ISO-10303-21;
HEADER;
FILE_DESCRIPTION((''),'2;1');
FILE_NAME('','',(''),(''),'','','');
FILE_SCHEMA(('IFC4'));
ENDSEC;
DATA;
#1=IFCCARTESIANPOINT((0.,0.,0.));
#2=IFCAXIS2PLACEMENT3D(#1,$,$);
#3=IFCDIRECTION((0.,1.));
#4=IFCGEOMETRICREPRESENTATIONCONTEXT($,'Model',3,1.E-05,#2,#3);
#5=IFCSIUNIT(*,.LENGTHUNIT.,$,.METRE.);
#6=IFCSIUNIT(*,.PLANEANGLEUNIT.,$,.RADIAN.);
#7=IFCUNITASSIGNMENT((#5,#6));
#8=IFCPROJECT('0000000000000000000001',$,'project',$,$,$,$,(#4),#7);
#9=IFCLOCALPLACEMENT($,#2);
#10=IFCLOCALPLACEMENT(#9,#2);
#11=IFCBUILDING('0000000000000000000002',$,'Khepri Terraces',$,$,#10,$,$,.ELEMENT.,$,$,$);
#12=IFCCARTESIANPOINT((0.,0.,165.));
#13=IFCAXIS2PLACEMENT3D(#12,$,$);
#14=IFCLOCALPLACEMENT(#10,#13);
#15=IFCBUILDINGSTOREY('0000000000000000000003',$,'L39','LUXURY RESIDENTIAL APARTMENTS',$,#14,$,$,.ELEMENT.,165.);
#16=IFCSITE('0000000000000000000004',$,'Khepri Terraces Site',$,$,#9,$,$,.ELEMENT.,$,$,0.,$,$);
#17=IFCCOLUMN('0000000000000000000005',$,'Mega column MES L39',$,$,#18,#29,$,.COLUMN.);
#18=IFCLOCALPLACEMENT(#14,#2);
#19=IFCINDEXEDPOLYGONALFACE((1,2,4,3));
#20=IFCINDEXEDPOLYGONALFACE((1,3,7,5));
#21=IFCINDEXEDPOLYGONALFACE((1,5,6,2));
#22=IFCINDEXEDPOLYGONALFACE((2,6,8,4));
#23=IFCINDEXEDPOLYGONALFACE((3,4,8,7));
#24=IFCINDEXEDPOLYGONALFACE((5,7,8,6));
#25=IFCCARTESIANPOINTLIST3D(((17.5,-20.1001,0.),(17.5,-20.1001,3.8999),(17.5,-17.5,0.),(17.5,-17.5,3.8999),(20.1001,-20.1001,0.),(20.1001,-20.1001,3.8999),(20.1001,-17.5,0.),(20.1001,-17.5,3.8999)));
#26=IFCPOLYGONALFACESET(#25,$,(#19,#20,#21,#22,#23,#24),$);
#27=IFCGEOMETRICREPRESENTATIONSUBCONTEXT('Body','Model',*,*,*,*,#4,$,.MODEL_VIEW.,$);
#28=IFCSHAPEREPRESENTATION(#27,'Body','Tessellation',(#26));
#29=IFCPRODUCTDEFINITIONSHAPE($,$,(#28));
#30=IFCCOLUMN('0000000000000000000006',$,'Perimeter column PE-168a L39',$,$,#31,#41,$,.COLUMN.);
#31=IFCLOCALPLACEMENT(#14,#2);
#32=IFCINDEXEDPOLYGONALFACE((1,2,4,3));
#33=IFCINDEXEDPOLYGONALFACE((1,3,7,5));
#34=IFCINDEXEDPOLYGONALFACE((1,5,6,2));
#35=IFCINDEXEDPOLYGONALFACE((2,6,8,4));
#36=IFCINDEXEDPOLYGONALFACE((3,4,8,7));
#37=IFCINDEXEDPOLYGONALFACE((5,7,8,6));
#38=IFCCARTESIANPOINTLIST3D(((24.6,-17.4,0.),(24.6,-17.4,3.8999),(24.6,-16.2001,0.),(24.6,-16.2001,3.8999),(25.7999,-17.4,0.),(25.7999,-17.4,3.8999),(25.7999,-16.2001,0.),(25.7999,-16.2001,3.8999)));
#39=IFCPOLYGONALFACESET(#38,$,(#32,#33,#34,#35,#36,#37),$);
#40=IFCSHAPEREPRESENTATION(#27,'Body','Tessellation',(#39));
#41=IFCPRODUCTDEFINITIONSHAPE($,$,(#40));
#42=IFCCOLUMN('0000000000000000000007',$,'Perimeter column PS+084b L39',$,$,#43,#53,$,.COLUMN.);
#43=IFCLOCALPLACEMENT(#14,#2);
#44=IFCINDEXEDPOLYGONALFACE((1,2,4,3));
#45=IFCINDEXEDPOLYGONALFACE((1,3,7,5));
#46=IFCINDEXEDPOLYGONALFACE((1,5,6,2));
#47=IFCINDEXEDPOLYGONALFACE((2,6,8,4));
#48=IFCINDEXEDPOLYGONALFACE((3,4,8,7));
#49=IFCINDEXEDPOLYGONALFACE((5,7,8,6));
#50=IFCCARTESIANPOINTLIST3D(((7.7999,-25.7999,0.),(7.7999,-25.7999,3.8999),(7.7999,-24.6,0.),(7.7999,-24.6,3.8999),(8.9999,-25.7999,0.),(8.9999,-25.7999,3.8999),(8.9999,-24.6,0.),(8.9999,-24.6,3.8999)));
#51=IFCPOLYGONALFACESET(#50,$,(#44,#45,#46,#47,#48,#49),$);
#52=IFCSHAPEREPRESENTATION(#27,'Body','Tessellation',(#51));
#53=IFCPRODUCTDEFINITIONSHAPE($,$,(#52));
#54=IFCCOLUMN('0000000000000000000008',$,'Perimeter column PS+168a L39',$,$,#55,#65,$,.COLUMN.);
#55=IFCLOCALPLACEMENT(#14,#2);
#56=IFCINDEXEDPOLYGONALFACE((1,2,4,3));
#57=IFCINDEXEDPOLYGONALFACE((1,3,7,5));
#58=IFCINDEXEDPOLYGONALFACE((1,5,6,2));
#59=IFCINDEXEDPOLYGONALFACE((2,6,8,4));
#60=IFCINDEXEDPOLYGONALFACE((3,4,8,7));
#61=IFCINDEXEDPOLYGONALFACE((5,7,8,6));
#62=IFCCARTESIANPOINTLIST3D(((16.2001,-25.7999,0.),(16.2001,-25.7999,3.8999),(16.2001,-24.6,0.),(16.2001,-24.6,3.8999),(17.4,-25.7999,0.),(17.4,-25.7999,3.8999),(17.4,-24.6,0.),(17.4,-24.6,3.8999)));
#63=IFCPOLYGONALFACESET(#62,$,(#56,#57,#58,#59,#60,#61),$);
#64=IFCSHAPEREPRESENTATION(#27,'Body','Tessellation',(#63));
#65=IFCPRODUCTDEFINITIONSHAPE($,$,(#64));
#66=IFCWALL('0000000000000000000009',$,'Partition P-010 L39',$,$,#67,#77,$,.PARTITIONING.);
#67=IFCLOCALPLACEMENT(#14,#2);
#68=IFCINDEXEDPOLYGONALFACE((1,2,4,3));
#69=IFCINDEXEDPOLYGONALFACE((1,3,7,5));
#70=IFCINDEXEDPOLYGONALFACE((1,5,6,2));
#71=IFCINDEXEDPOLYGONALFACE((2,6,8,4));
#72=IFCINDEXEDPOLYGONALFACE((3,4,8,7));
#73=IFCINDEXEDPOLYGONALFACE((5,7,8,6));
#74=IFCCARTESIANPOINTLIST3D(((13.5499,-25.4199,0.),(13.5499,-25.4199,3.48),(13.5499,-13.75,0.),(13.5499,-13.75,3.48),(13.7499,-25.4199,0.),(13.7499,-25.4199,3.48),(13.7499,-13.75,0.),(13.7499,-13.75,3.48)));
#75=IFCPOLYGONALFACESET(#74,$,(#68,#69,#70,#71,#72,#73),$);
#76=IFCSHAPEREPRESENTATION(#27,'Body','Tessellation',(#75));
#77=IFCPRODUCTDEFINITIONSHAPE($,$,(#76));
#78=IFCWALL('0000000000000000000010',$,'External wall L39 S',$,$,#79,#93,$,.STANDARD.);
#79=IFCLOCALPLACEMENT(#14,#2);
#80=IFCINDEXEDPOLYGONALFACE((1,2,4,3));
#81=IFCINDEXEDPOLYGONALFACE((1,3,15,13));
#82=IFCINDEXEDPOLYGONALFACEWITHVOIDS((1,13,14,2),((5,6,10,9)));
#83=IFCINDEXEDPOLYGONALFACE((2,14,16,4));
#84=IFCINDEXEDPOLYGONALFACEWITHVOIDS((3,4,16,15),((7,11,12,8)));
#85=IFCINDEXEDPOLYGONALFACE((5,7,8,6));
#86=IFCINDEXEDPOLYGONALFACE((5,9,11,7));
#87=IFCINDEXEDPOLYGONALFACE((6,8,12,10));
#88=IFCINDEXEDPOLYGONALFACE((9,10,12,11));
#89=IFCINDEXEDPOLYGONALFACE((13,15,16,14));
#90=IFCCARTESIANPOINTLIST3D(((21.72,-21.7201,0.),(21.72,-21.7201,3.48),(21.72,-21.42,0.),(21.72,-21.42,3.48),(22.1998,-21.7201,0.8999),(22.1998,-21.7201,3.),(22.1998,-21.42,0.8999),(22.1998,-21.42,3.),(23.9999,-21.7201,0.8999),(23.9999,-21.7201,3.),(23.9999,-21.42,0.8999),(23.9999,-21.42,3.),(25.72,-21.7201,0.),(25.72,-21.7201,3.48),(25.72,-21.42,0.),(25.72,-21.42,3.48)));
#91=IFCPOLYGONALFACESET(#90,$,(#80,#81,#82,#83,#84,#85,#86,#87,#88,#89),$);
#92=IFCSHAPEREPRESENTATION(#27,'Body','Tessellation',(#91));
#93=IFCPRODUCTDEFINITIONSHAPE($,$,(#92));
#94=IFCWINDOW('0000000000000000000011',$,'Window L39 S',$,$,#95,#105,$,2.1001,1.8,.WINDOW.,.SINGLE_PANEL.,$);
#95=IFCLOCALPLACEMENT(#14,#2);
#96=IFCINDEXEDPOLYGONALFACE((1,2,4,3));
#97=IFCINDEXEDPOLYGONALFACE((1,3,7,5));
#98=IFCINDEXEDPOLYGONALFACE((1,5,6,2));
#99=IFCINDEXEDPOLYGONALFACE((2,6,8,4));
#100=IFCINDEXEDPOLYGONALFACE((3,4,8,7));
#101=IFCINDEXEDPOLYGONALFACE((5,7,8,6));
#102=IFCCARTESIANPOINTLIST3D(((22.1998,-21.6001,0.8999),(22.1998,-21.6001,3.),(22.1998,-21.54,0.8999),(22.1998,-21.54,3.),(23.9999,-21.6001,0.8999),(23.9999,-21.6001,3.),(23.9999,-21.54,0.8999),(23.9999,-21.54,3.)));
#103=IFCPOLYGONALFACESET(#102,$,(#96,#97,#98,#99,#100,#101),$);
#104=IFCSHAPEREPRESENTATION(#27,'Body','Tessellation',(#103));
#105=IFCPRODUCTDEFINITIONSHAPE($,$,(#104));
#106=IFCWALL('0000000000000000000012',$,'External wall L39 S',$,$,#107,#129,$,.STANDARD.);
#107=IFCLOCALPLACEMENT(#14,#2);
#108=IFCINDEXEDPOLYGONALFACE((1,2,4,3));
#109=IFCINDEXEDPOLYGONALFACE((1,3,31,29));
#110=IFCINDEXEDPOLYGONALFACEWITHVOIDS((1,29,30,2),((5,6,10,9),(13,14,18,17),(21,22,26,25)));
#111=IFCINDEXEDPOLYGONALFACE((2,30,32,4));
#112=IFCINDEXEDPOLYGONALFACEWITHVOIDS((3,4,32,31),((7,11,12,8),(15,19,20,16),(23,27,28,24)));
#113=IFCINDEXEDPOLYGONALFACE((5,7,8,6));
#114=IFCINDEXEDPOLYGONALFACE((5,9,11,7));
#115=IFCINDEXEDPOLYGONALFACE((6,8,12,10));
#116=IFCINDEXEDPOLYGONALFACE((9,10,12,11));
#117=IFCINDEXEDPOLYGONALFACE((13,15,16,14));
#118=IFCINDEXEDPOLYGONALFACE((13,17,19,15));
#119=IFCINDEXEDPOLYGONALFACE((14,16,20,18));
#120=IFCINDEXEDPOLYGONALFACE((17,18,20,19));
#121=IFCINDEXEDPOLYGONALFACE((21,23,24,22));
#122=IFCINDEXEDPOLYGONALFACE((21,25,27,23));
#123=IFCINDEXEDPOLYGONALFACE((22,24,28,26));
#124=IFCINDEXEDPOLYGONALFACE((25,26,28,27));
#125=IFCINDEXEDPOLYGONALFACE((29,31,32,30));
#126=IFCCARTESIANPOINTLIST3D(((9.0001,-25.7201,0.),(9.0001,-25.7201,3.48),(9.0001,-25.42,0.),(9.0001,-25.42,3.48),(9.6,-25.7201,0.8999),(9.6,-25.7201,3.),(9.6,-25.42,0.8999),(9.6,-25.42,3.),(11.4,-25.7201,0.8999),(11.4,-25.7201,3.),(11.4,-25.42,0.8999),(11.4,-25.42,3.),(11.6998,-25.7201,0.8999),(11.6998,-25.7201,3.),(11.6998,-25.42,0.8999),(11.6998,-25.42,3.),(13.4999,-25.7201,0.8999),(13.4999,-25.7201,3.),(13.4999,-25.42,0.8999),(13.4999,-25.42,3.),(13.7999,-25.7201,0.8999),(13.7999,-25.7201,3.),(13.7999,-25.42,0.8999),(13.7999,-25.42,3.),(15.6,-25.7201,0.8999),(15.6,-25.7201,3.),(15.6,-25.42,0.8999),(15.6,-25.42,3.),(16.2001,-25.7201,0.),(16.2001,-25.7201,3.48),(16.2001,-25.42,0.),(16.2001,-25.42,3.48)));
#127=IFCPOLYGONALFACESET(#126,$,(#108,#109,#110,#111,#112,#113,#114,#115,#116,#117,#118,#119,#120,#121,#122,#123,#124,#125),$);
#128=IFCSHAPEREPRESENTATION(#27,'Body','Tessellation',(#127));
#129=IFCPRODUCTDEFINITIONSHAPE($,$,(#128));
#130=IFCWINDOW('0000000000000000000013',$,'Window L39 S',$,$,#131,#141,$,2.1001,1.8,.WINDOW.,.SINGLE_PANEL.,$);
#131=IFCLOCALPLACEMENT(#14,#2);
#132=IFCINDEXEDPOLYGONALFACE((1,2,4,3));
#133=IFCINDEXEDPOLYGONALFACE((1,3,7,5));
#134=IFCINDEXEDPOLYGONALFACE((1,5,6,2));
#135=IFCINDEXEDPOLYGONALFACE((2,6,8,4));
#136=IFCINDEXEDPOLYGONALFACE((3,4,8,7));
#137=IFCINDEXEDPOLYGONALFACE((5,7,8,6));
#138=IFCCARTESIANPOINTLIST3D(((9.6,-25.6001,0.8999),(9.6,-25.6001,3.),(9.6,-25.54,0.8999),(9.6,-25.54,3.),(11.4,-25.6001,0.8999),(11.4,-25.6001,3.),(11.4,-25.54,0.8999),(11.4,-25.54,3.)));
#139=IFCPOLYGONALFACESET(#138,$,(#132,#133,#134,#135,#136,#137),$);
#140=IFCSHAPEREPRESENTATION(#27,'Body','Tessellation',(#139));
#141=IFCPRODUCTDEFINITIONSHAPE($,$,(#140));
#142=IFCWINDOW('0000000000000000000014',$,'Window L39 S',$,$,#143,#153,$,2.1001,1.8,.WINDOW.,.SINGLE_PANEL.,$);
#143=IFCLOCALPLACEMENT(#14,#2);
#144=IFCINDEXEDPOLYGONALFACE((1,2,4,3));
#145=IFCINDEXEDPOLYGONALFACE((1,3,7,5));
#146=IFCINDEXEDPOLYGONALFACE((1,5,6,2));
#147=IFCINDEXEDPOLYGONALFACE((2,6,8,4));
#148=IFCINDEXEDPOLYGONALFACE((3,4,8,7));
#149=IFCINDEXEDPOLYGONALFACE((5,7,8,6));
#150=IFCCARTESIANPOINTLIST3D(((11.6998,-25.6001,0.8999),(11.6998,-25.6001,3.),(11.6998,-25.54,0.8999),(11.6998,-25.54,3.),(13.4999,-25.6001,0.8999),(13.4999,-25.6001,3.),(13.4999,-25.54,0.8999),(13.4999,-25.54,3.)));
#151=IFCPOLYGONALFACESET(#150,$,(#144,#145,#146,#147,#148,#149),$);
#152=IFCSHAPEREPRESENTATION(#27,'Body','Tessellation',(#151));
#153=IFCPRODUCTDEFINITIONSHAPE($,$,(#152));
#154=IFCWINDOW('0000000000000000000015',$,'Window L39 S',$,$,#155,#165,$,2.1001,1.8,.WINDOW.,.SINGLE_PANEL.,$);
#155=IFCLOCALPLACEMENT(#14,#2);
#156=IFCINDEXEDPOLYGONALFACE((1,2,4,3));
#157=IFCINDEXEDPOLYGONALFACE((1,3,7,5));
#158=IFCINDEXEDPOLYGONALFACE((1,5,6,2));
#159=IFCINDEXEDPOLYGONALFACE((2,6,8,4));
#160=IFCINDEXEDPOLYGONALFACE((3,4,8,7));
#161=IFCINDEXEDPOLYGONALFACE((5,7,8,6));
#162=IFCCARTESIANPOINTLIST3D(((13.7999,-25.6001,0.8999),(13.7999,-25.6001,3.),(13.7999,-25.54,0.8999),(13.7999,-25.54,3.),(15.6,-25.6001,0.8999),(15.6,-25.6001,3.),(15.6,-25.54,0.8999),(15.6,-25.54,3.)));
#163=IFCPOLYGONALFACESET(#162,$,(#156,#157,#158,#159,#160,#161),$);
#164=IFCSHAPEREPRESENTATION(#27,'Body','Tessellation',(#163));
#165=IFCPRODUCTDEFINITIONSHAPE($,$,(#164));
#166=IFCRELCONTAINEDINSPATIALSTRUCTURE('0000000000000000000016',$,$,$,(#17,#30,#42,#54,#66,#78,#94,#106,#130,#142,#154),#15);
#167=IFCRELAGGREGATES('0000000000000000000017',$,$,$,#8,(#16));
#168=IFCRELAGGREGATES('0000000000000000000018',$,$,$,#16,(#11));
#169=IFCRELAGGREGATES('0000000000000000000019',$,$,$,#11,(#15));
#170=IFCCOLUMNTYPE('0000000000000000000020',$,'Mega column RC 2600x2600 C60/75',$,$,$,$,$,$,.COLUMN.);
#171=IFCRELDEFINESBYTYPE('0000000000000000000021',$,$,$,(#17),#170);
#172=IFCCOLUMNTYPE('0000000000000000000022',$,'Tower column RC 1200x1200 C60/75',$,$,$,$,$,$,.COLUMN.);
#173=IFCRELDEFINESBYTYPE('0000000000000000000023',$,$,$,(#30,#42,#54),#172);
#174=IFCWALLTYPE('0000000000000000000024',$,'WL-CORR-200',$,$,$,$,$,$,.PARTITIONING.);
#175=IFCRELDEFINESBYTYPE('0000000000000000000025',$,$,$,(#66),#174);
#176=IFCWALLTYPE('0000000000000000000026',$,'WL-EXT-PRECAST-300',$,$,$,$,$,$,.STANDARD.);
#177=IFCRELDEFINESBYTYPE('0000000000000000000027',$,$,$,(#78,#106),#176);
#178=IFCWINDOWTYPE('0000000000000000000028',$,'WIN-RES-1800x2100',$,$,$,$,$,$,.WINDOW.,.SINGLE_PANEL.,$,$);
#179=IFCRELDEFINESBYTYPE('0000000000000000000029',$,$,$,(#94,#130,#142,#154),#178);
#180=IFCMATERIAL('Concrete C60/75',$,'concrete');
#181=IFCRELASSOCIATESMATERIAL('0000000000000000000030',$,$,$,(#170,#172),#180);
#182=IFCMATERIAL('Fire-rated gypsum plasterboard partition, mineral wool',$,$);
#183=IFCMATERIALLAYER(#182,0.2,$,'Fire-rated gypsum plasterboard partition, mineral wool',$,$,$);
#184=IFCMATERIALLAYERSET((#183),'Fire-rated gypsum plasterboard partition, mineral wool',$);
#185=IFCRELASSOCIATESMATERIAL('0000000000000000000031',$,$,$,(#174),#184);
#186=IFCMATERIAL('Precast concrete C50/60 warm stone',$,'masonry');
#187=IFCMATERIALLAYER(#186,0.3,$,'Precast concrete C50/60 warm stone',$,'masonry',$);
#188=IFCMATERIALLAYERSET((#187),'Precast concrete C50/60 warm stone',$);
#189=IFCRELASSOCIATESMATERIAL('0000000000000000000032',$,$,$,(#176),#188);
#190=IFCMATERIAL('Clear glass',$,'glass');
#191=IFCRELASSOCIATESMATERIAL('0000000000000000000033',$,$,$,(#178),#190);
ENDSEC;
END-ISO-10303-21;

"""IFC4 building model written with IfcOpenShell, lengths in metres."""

from ifc_helpers import new_model, si_unit, direction, frame, frame_2d, origin, origin_2d, place, context, subcontext, project, spatial, rectangle, extrude, material, layer, layer_set, material_profile, profile_set, type_object, element, fill, save


model = new_model("IFC4")

# Units and contexts
model_context = context("Model", 3, precision=1e-05, world=origin(), true_north=direction((0.0, 1.0)))
body_context = subcontext(model_context, "Body", "Model", "MODEL_VIEW")
ifc_project = project(units=[si_unit("LENGTHUNIT", "METRE"), si_unit("PLANEANGLEUNIT", "RADIAN")], contexts=[model_context])

# Site, building, storey
site_placement = place(None, origin())
site = spatial("IfcSite", under=ifc_project, at=site_placement, Name="Khepri Terraces Site", CompositionType="ELEMENT", RefElevation=0.0)
building_placement = place(site_placement, origin())
building = spatial("IfcBuilding", under=site, at=building_placement, Name="Khepri Terraces", CompositionType="ELEMENT")
storey_placement = place(building_placement, frame((0.0, 0.0, 165.0)))
storey = spatial("IfcBuildingStorey", under=building, at=storey_placement, Name="L39", Description="LUXURY RESIDENTIAL APARTMENTS", CompositionType="ELEMENT", Elevation=165.0)

# Columns
ifc_material_1 = material(Name="Concrete C60/75", Category="concrete")
ifc_material_profile_1 = material_profile(ifc_material_1, rectangle(XDim=2.6001, YDim=2.6001, at=origin_2d()), Name="Concrete C60/75", Category="concrete")
ifc_profile_set_1 = profile_set([ifc_material_profile_1], Name="Concrete C60/75")
column_type_1 = type_object("IfcColumnType", Name="Mega column RC 2600x2600 C60/75", PredefinedType="COLUMN", material=ifc_profile_set_1)
column_placement = place(storey_placement, frame((18.8, -18.8, 0.0), z_axis=(0.0, 0.0, 1.0), x_axis=(1.0, 0.0, 0.0)))
element("IfcColumn", 1, at=column_placement, inside=storey, type_object=column_type_1, Name="Mega column MES L39", PredefinedType="COLUMN", context=body_context, shape_type="SweptSolid", body=[
    extrude(rectangle(XDim=2.6001, YDim=2.6001, at=origin_2d()), origin(), (0.0, 0.0, 1.0), 3.8999),
])
ifc_material_profile_2 = material_profile(ifc_material_1, rectangle(XDim=1.2, YDim=1.2, at=origin_2d()), Name="Concrete C60/75", Category="concrete")
ifc_profile_set_2 = profile_set([ifc_material_profile_2], Name="Concrete C60/75")
column_type_2 = type_object("IfcColumnType", Name="Tower column RC 1200x1200 C60/75", PredefinedType="COLUMN", material=ifc_profile_set_2)
for number, where, z_axis, x_axis, name in (
    (2, (25.2, -16.8, 0.0), (0.0, 0.0, 1.0), (1.0, 0.0, 0.0), "Perimeter column PE-168a L39"),
    (3, (8.3999, -25.2, 0.0), (0.0, 0.0, 1.0), (1.0, 0.0, 0.0), "Perimeter column PS+084b L39"),
    (4, (16.8, -25.2, 0.0), (0.0, 0.0, 1.0), (1.0, 0.0, 0.0), "Perimeter column PS+168a L39"),
):
    element("IfcColumn", number, at=place(storey_placement, frame(where, z_axis=z_axis, x_axis=x_axis)), inside=storey, type_object=column_type_2, Name=name, PredefinedType="COLUMN", context=body_context, shape_type="SweptSolid", body=[
        extrude(rectangle(XDim=1.2, YDim=1.2, at=origin_2d()), origin(), (0.0, 0.0, 1.0), 3.8999),
    ])

# Wall
ifc_material_2 = material(Name="Fire-rated gypsum plasterboard partition, mineral wool")
ifc_layer_1 = layer(ifc_material_2, 0.2, Name="Fire-rated gypsum plasterboard partition, mineral wool")
ifc_layer_set_1 = layer_set([ifc_layer_1], Name="Fire-rated gypsum plasterboard partition, mineral wool")
wall_type_1 = type_object("IfcWallType", Name="WL-CORR-200", PredefinedType="PARTITIONING", material=ifc_layer_set_1)
wall_1_placement = place(storey_placement, frame((13.6499, -25.4199, 0.0), z_axis=(0.0, 0.0, 1.0), x_axis=(0.0, 1.0, 0.0)))
element("IfcWall", 5, at=wall_1_placement, inside=storey, type_object=wall_type_1, Name="Partition P-010 L39", PredefinedType="PARTITIONING", context=body_context, shape_type="SweptSolid", body=[
    extrude(rectangle(XDim=11.6699, YDim=0.2, at=frame_2d((5.835, 0.0))), origin(), (0.0, 0.0, 1.0), 3.48),
])

# Wall, opening, window
ifc_material_3 = material(Name="Precast concrete C50/60 warm stone", Category="masonry")
ifc_layer_2 = layer(ifc_material_3, 0.3, Name="Precast concrete C50/60 warm stone", Category="masonry")
ifc_layer_set_2 = layer_set([ifc_layer_2], Name="Precast concrete C50/60 warm stone")
wall_type_2 = type_object("IfcWallType", Name="WL-EXT-PRECAST-300", PredefinedType="STANDARD", material=ifc_layer_set_2)
wall_2_placement = place(storey_placement, frame((21.72, -21.5701, 0.0), z_axis=(0.0, 0.0, 1.0), x_axis=(1.0, 0.0, 0.0)))
wall_2 = element("IfcWall", 6, at=wall_2_placement, inside=storey, type_object=wall_type_2, Name="External wall L39 S", PredefinedType="STANDARD", context=body_context, shape_type="SweptSolid", body=[
    extrude(rectangle(XDim=4.0, YDim=0.3, at=frame_2d((2.0, 0.0))), origin(), (0.0, 0.0, 1.0), 3.48),
])
opening_1_placement = place(wall_2_placement, frame((0.48, 0.0, 0.8999)))
opening_1 = element("IfcOpeningElement", 7, at=opening_1_placement, cuts=wall_2, PredefinedType="OPENING", context=body_context, shape_type="SweptSolid", body=[
    extrude(rectangle(XDim=1.8, YDim=2.1001, at=frame_2d((0.8999, 1.05))), frame((0.0, 0.1602, 0.0), z_axis=(0.0, -1.0, 0.0), x_axis=(1.0, 0.0, 0.0)), (0.0, 0.0, 1.0), 0.3201),
])
ifc_material_4 = material(Name="Clear glass", Category="glass")
window_type = type_object("IfcWindowType", Name="WIN-RES-1800x2100", PartitioningType="SINGLE_PANEL", PredefinedType="WINDOW", material=ifc_material_4)
window_1_placement = place(opening_1_placement, origin())
window_1 = element("IfcWindow", 8, at=window_1_placement, inside=storey, type_object=window_type, Name="Window L39 S", OverallHeight=2.1001, OverallWidth=1.8, PartitioningType="SINGLE_PANEL", PredefinedType="WINDOW", context=body_context, shape_type="SweptSolid", body=[
    extrude(rectangle(XDim=1.8, YDim=2.1001, at=frame_2d((0.8999, 1.05))), frame((0.0, 0.03, 0.0), z_axis=(0.0, -1.0, 0.0), x_axis=(1.0, 0.0, 0.0)), (0.0, 0.0, 1.0), 0.0601),
])
fill(opening_1, window_1)

# Wall, openings, windows
wall_3_placement = place(storey_placement, frame((9.0, -25.5701, 0.0), z_axis=(0.0, 0.0, 1.0), x_axis=(1.0, 0.0, 0.0)))
wall_3 = element("IfcWall", 9, at=wall_3_placement, inside=storey, type_object=wall_type_2, Name="External wall L39 S", PredefinedType="STANDARD", context=body_context, shape_type="SweptSolid", body=[
    extrude(rectangle(XDim=7.2, YDim=0.3, at=frame_2d((3.6001, 0.0))), origin(), (0.0, 0.0, 1.0), 3.48),
])
opening_2_placement = place(wall_3_placement, frame((0.6001, 0.0, 0.8999)))
opening_2 = element("IfcOpeningElement", 10, at=opening_2_placement, cuts=wall_3, PredefinedType="OPENING", context=body_context, shape_type="SweptSolid", body=[
    extrude(rectangle(XDim=1.8, YDim=2.1001, at=frame_2d((0.8999, 1.05))), frame((0.0, 0.1602, 0.0), z_axis=(0.0, -1.0, 0.0), x_axis=(1.0, 0.0, 0.0)), (0.0, 0.0, 1.0), 0.3201),
])
opening_3_placement = place(wall_3_placement, frame((2.7, 0.0, 0.8999)))
opening_3 = element("IfcOpeningElement", 11, at=opening_3_placement, cuts=wall_3, PredefinedType="OPENING", context=body_context, shape_type="SweptSolid", body=[
    extrude(rectangle(XDim=1.8, YDim=2.1001, at=frame_2d((0.8999, 1.05))), frame((0.0, 0.1602, 0.0), z_axis=(0.0, -1.0, 0.0), x_axis=(1.0, 0.0, 0.0)), (0.0, 0.0, 1.0), 0.3201),
])
opening_4_placement = place(wall_3_placement, frame((4.8, 0.0, 0.8999)))
opening_4 = element("IfcOpeningElement", 12, at=opening_4_placement, cuts=wall_3, PredefinedType="OPENING", context=body_context, shape_type="SweptSolid", body=[
    extrude(rectangle(XDim=1.8, YDim=2.1001, at=frame_2d((0.8999, 1.05))), frame((0.0, 0.1602, 0.0), z_axis=(0.0, -1.0, 0.0), x_axis=(1.0, 0.0, 0.0)), (0.0, 0.0, 1.0), 0.3201),
])
window_2_placement = place(opening_2_placement, origin())
window_2 = element("IfcWindow", 13, at=window_2_placement, inside=storey, type_object=window_type, Name="Window L39 S", OverallHeight=2.1001, OverallWidth=1.8, PartitioningType="SINGLE_PANEL", PredefinedType="WINDOW", context=body_context, shape_type="SweptSolid", body=[
    extrude(rectangle(XDim=1.8, YDim=2.1001, at=frame_2d((0.8999, 1.05))), frame((0.0, 0.03, 0.0), z_axis=(0.0, -1.0, 0.0), x_axis=(1.0, 0.0, 0.0)), (0.0, 0.0, 1.0), 0.0601),
])
fill(opening_2, window_2)
window_3_placement = place(opening_3_placement, origin())
window_3 = element("IfcWindow", 14, at=window_3_placement, inside=storey, type_object=window_type, Name="Window L39 S", OverallHeight=2.1001, OverallWidth=1.8, PartitioningType="SINGLE_PANEL", PredefinedType="WINDOW", context=body_context, shape_type="SweptSolid", body=[
    extrude(rectangle(XDim=1.8, YDim=2.1001, at=frame_2d((0.8999, 1.05))), frame((0.0, 0.03, 0.0), z_axis=(0.0, -1.0, 0.0), x_axis=(1.0, 0.0, 0.0)), (0.0, 0.0, 1.0), 0.0601),
])
fill(opening_3, window_3)
window_4_placement = place(opening_4_placement, origin())
window_4 = element("IfcWindow", 15, at=window_4_placement, inside=storey, type_object=window_type, Name="Window L39 S", OverallHeight=2.1001, OverallWidth=1.8, PartitioningType="SINGLE_PANEL", PredefinedType="WINDOW", context=body_context, shape_type="SweptSolid", body=[
    extrude(rectangle(XDim=1.8, YDim=2.1001, at=frame_2d((0.8999, 1.05))), frame((0.0, 0.03, 0.0), z_axis=(0.0, -1.0, 0.0), x_axis=(1.0, 0.0, 0.0)), (0.0, 0.0, 1.0), 0.0601),
])
fill(opening_4, window_4)

save(model, "model.ifc")
